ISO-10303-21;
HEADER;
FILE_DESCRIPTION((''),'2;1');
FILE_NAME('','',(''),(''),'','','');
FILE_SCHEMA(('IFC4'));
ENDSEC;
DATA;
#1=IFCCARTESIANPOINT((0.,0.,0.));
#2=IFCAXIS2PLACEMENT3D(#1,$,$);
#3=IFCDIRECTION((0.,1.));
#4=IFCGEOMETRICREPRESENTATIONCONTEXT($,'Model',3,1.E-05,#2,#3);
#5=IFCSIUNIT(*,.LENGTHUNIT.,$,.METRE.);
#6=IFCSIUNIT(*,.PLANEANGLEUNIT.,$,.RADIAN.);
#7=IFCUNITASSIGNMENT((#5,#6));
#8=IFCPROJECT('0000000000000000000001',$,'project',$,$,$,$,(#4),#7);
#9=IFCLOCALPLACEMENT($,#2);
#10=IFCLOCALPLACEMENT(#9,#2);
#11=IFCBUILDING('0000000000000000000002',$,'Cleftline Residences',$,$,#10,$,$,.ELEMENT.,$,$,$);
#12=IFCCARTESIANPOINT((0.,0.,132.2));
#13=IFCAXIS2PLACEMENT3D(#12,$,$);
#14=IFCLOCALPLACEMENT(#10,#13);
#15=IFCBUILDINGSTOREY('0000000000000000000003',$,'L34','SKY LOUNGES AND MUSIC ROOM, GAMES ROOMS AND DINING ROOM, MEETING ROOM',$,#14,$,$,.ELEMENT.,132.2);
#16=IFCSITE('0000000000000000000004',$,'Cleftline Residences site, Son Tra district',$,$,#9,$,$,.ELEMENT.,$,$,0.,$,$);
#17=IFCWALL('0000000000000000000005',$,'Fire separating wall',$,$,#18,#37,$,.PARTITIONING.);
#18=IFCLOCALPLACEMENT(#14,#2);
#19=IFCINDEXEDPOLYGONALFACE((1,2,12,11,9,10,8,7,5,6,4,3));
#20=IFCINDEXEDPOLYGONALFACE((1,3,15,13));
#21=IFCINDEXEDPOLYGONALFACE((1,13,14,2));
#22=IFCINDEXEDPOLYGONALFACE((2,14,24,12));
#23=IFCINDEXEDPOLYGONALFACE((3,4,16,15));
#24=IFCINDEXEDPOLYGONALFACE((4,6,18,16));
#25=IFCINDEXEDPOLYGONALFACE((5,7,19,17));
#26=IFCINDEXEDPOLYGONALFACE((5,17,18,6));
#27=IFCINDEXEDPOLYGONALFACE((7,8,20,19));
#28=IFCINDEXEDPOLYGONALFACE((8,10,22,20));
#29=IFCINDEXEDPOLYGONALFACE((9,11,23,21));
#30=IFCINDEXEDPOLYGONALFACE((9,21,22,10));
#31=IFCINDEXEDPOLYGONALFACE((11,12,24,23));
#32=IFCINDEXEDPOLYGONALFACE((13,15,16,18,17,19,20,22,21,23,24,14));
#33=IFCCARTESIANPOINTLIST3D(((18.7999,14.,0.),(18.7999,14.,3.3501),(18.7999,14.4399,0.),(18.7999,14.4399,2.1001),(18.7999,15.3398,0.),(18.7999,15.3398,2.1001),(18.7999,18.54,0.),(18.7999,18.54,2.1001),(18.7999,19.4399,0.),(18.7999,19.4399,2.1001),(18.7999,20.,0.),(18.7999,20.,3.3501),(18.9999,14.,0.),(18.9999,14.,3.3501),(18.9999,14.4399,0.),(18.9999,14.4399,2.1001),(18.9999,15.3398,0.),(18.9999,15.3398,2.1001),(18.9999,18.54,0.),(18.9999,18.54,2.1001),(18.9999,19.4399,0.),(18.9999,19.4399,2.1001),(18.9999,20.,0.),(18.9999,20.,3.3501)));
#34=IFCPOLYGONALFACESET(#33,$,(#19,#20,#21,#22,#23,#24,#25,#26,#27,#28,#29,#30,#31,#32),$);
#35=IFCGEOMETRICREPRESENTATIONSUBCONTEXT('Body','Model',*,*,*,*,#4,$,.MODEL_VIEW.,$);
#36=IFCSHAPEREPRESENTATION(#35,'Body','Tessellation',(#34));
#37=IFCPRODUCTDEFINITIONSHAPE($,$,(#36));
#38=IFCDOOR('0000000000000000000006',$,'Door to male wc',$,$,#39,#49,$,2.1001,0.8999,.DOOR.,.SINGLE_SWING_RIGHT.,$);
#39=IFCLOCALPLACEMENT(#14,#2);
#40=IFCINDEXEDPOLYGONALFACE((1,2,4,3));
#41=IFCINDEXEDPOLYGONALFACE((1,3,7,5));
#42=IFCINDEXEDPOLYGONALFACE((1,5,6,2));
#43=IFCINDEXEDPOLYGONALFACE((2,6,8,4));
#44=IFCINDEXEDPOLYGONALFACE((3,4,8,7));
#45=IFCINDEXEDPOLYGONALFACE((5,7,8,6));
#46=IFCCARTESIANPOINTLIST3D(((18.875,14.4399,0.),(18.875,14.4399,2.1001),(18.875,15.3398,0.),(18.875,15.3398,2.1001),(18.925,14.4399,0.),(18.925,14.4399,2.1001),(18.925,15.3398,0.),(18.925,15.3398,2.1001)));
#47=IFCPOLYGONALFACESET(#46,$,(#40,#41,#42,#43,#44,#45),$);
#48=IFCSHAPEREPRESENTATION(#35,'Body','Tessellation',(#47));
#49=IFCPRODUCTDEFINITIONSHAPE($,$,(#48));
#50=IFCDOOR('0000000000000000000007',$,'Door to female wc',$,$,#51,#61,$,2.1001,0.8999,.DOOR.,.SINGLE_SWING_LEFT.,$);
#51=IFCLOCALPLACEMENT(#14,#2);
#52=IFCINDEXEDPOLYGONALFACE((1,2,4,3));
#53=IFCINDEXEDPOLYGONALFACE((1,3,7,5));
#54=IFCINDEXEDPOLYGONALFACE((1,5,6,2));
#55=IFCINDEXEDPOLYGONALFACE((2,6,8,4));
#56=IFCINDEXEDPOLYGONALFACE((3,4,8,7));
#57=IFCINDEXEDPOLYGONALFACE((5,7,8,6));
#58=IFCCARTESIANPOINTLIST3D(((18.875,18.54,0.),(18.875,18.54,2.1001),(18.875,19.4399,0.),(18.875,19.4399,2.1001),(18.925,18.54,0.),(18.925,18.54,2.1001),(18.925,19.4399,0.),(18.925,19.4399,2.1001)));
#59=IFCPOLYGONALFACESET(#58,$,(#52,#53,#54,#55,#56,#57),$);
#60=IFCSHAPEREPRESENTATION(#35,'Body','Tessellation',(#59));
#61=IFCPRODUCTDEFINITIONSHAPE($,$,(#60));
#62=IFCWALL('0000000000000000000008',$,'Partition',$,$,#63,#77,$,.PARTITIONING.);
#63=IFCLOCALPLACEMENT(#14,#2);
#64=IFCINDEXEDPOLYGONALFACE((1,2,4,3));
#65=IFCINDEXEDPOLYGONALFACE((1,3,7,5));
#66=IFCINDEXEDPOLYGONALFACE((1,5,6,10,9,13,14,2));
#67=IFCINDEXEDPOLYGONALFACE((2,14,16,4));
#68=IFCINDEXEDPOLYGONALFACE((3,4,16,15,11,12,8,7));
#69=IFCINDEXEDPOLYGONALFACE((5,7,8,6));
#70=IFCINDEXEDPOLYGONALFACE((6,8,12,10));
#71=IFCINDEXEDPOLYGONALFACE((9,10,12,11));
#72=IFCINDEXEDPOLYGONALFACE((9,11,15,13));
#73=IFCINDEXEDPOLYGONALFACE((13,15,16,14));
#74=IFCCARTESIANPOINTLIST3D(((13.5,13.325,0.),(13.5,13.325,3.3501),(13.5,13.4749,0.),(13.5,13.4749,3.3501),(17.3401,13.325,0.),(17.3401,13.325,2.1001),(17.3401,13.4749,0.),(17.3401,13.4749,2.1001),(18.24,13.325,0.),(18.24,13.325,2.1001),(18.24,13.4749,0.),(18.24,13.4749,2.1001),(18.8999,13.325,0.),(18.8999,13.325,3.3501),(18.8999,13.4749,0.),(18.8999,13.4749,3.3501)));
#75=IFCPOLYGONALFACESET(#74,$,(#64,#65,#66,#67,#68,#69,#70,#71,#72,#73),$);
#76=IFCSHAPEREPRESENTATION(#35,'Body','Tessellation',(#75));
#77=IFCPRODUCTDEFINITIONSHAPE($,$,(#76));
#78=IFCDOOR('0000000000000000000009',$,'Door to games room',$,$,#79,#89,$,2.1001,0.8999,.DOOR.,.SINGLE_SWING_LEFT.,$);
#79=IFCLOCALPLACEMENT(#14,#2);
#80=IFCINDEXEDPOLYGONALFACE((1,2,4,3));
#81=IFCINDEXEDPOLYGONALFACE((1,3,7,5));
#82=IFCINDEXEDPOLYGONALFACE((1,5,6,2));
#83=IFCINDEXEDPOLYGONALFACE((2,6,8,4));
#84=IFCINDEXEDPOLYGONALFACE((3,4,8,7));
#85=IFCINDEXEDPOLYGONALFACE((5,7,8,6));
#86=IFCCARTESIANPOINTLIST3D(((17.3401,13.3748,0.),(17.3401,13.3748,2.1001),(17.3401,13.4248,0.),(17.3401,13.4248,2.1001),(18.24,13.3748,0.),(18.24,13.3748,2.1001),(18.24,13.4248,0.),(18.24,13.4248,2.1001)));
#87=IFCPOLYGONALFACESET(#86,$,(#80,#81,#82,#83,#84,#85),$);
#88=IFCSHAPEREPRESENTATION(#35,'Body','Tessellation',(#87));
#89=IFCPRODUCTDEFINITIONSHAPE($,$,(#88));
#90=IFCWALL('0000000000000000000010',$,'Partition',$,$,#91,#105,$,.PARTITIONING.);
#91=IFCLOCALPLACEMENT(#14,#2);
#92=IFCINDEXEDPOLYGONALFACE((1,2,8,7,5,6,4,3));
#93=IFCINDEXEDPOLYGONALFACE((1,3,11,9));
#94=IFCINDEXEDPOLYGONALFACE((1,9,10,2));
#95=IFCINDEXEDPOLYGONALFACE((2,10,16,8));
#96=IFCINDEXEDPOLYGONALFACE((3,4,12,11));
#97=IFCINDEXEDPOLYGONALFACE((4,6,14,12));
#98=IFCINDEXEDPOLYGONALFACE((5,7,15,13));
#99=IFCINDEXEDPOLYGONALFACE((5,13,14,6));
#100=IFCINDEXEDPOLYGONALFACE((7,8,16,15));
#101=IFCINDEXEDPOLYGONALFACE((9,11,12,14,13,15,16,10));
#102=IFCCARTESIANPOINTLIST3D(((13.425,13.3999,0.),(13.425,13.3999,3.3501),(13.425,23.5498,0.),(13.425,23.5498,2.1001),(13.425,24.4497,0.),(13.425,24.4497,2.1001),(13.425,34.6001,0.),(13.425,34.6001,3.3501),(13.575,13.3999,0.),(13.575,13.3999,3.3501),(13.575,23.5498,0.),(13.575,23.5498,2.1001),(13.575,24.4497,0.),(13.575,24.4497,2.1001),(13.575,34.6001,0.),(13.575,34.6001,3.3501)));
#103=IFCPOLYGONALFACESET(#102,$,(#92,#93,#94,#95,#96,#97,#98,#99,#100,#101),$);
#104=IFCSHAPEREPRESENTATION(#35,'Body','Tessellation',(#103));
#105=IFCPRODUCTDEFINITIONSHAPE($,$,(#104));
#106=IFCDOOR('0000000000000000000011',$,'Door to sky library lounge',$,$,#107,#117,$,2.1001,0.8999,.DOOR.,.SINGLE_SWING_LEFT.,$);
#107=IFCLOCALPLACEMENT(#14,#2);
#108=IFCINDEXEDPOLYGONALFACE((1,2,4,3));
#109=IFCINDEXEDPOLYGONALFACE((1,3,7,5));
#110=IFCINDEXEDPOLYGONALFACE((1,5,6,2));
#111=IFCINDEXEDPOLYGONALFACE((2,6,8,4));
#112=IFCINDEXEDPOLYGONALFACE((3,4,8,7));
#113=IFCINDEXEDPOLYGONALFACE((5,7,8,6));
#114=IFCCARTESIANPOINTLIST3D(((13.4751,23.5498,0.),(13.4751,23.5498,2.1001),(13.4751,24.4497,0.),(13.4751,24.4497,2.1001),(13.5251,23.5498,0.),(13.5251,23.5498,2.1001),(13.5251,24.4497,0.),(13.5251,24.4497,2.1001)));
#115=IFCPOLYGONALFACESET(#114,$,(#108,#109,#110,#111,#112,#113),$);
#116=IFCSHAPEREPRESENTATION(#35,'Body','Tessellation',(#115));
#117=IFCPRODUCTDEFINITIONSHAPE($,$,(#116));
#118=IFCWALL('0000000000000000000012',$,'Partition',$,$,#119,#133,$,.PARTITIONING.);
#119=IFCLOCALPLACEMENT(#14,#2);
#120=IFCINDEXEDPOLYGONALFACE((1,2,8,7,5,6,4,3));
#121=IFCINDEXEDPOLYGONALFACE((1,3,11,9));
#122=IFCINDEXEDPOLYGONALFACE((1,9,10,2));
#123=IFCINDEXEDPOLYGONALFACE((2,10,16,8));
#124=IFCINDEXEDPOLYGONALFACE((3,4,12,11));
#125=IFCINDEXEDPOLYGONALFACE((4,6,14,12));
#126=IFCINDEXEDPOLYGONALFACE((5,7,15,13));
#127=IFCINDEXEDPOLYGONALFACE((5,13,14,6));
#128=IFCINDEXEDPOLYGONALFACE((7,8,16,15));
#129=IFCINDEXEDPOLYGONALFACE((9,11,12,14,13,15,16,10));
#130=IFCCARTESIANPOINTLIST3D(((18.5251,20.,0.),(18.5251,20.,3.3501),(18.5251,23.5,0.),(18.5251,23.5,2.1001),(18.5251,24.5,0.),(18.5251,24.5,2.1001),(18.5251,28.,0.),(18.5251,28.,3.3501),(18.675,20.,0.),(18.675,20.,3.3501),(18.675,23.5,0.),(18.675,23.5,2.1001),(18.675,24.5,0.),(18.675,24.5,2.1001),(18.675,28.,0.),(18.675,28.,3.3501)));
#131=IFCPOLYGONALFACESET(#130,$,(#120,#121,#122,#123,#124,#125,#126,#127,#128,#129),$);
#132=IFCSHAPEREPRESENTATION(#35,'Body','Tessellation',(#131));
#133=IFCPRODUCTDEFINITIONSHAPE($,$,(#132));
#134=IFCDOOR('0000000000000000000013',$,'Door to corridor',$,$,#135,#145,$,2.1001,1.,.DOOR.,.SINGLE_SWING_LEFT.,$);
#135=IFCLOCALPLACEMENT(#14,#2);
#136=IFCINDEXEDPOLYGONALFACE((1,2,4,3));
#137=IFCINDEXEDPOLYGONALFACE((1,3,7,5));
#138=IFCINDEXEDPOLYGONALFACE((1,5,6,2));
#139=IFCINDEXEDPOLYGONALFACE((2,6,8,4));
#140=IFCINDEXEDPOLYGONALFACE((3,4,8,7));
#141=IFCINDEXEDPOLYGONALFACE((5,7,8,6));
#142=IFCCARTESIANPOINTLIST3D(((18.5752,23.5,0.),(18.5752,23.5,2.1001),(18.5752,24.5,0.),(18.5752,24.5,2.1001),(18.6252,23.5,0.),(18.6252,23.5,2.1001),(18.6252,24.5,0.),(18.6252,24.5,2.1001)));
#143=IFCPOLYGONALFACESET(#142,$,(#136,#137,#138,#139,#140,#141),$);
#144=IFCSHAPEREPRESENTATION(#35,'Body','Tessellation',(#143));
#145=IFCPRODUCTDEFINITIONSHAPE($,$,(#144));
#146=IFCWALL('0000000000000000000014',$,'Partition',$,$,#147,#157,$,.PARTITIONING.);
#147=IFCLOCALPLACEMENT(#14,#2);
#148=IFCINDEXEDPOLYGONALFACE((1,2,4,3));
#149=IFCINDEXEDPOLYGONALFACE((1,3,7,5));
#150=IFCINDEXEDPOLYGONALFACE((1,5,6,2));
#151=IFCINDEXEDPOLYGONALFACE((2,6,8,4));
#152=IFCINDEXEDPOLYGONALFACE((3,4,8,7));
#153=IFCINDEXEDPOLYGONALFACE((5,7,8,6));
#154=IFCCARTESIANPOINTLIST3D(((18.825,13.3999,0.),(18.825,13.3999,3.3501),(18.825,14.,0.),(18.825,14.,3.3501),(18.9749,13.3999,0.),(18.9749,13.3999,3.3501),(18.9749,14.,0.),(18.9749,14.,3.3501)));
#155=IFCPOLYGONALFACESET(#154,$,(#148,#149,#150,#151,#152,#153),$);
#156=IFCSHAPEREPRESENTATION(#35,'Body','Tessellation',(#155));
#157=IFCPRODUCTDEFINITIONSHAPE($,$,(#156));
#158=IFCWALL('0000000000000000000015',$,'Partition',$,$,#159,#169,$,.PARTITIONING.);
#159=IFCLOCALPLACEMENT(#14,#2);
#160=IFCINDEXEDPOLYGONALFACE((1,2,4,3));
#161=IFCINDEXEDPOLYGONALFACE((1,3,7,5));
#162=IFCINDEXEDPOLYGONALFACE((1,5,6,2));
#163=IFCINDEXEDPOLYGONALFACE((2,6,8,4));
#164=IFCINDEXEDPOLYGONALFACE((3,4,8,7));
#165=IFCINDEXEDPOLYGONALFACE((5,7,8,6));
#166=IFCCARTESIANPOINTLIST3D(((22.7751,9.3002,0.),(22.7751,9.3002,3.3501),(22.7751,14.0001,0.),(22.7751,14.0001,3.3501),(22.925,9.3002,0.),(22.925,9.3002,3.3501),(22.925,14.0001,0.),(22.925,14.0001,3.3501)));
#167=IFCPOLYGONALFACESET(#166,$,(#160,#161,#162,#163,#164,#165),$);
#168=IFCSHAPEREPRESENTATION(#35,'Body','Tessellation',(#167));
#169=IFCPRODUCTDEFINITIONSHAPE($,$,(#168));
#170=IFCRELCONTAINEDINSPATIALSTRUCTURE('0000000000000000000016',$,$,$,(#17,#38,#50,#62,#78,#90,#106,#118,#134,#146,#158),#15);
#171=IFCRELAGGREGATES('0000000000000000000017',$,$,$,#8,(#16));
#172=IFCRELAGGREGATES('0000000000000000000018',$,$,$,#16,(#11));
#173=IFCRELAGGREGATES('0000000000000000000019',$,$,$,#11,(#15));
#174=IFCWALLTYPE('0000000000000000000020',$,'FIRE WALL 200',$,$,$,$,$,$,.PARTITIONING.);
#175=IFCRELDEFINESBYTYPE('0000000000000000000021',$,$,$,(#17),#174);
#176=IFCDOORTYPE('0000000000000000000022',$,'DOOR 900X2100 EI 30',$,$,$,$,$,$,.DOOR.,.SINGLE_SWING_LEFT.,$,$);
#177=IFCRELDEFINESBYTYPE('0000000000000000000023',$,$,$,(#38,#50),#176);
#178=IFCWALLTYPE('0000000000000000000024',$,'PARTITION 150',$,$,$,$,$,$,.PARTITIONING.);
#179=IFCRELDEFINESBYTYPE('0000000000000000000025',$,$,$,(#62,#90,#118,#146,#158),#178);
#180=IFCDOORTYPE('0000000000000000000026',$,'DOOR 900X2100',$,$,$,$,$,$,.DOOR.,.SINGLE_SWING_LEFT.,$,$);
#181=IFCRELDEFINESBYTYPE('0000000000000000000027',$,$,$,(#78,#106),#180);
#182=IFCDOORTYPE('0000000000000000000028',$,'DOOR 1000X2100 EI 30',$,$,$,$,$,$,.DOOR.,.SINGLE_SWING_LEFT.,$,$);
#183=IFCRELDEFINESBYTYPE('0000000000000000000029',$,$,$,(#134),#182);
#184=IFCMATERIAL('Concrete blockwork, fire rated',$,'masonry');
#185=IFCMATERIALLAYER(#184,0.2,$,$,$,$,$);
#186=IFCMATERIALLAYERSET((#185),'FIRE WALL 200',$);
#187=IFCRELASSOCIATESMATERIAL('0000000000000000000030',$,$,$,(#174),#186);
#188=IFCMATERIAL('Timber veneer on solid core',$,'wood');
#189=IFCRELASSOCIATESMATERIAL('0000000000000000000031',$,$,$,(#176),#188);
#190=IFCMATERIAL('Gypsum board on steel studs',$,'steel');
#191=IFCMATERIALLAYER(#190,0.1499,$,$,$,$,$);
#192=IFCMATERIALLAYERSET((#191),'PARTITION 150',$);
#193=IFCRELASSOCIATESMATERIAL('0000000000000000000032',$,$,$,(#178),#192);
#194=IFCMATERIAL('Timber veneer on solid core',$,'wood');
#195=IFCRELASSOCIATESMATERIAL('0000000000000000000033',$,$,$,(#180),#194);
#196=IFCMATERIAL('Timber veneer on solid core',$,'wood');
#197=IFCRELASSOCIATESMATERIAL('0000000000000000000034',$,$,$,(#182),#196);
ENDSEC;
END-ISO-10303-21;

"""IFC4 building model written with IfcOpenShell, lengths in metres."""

from ifc_helpers import new_model, si_unit, direction, frame, frame_2d, origin, place, context, subcontext, project, spatial, rectangle, extrude, material, layer, layer_set, type_object, element, fill, save


model = new_model("IFC4")

# Units and contexts
model_context = context("Model", 3, precision=1e-05, world=origin(), true_north=direction((0.0, 1.0)))
body_context = subcontext(model_context, "Body", "Model", "MODEL_VIEW")
ifc_project = project(units=[si_unit("LENGTHUNIT", "METRE"), si_unit("PLANEANGLEUNIT", "RADIAN")], contexts=[model_context])

# Site, building, storey
site_placement = place(None, origin())
site = spatial("IfcSite", under=ifc_project, at=site_placement, Name="Cleftline Residences site, Son Tra district", CompositionType="ELEMENT", RefElevation=0.0)
building_placement = place(site_placement, origin())
building = spatial("IfcBuilding", under=site, at=building_placement, Name="Cleftline Residences", CompositionType="ELEMENT")
storey_placement = place(building_placement, frame((0.0, 0.0, 132.2)))
storey = spatial("IfcBuildingStorey", under=building, at=storey_placement, Name="L34", Description="SKY LOUNGES AND MUSIC ROOM, GAMES ROOMS AND DINING ROOM, MEETING ROOM", CompositionType="ELEMENT", Elevation=132.2)

# Shared definitions
ifc_material_1 = material(Name="Concrete blockwork, fire rated", Category="masonry")
ifc_layer_1 = layer(ifc_material_1, 0.2)
ifc_layer_set_1 = layer_set([ifc_layer_1], Name="FIRE WALL 200")
wall_type_1 = type_object("IfcWallType", Name="FIRE WALL 200", PredefinedType="PARTITIONING", material=ifc_layer_set_1)

# Wall, openings, doors
wall_1_placement = place(storey_placement, frame((18.8999, 14.0, 0.0), z_axis=(0.0, 0.0, 1.0), x_axis=(0.0, 1.0, 0.0)))
wall_1 = element("IfcWall", 1, at=wall_1_placement, inside=storey, type_object=wall_type_1, Name="Fire separating wall", PredefinedType="PARTITIONING", context=body_context, shape_type="SweptSolid", body=[
    extrude(rectangle(XDim=6.0, YDim=0.2, at=frame_2d((3.0, 0.0))), origin(), (0.0, 0.0, 1.0), 3.3501),
])
opening_1_placement = place(wall_1_placement, frame((0.4399, 0.0, 0.0)))
opening_1 = element("IfcOpeningElement", 2, at=opening_1_placement, cuts=wall_1, PredefinedType="OPENING", context=body_context, shape_type="SweptSolid", body=[
    extrude(rectangle(XDim=0.8999, YDim=2.1001, at=frame_2d((0.45, 1.05))), frame((0.0, 0.1099, 0.0), z_axis=(0.0, -1.0, 0.0), x_axis=(1.0, 0.0, 0.0)), (0.0, 0.0, 1.0), 0.22),
])
opening_2_placement = place(wall_1_placement, frame((4.54, 0.0, 0.0)))
opening_2 = element("IfcOpeningElement", 3, at=opening_2_placement, cuts=wall_1, PredefinedType="OPENING", context=body_context, shape_type="SweptSolid", body=[
    extrude(rectangle(XDim=0.8999, YDim=2.1001, at=frame_2d((0.45, 1.05))), frame((0.0, 0.1099, 0.0), z_axis=(0.0, -1.0, 0.0), x_axis=(1.0, 0.0, 0.0)), (0.0, 0.0, 1.0), 0.22),
])
ifc_material_2 = material(Name="Timber veneer on solid core", Category="wood")
door_type_1 = type_object("IfcDoorType", Name="DOOR 900X2100 EI 30", OperationType="SINGLE_SWING_LEFT", PredefinedType="DOOR", material=ifc_material_2)
door_1_placement = place(opening_1_placement, origin())
door_1 = element("IfcDoor", 4, at=door_1_placement, inside=storey, type_object=door_type_1, Name="Door to male wc", OperationType="SINGLE_SWING_RIGHT", OverallHeight=2.1001, OverallWidth=0.8999, PredefinedType="DOOR", context=body_context, shape_type="SweptSolid", body=[
    extrude(rectangle(XDim=0.8999, YDim=2.1001, at=frame_2d((0.45, 1.05))), frame((0.0, 0.0249, 0.0), z_axis=(0.0, -1.0, 0.0), x_axis=(1.0, 0.0, 0.0)), (0.0, 0.0, 1.0), 0.05),
])
fill(opening_1, door_1)
door_2_placement = place(opening_2_placement, origin())
door_2 = element("IfcDoor", 5, at=door_2_placement, inside=storey, type_object=door_type_1, Name="Door to female wc", OperationType="SINGLE_SWING_LEFT", OverallHeight=2.1001, OverallWidth=0.8999, PredefinedType="DOOR", context=body_context, shape_type="SweptSolid", body=[
    extrude(rectangle(XDim=0.8999, YDim=2.1001, at=frame_2d((0.45, 1.05))), frame((0.0, 0.0249, 0.0), z_axis=(0.0, -1.0, 0.0), x_axis=(1.0, 0.0, 0.0)), (0.0, 0.0, 1.0), 0.05),
])
fill(opening_2, door_2)

# Walls, openings, doors
ifc_material_3 = material(Name="Gypsum board on steel studs", Category="steel")
ifc_layer_2 = layer(ifc_material_3, 0.1499)
ifc_layer_set_2 = layer_set([ifc_layer_2], Name="PARTITION 150")
wall_type_2 = type_object("IfcWallType", Name="PARTITION 150", PredefinedType="PARTITIONING", material=ifc_layer_set_2)
wall_2_placement = place(storey_placement, frame((13.5, 13.3999, 0.0), z_axis=(0.0, 0.0, 1.0), x_axis=(1.0, 0.0, 0.0)))
wall_2 = element("IfcWall", 6, at=wall_2_placement, inside=storey, type_object=wall_type_2, Name="Partition", PredefinedType="PARTITIONING", context=body_context, shape_type="SweptSolid", body=[
    extrude(rectangle(XDim=5.3999, YDim=0.1499, at=frame_2d((2.7, 0.0))), origin(), (0.0, 0.0, 1.0), 3.3501),
])
opening_3_placement = place(wall_2_placement, frame((3.8401, 0.0, 0.0)))
opening_3 = element("IfcOpeningElement", 7, at=opening_3_placement, cuts=wall_2, PredefinedType="OPENING", context=body_context, shape_type="SweptSolid", body=[
    extrude(rectangle(XDim=0.8999, YDim=2.1001, at=frame_2d((0.45, 1.05))), frame((0.0, 0.085, 0.0), z_axis=(0.0, -1.0, 0.0), x_axis=(1.0, 0.0, 0.0)), (0.0, 0.0, 1.0), 0.1699),
])
ifc_material_4 = material(Name="Timber veneer on solid core", Category="wood")
door_type_2 = type_object("IfcDoorType", Name="DOOR 900X2100", OperationType="SINGLE_SWING_LEFT", PredefinedType="DOOR", material=ifc_material_4)
door_3_placement = place(opening_3_placement, origin())
door_3 = element("IfcDoor", 8, at=door_3_placement, inside=storey, type_object=door_type_2, Name="Door to games room", OperationType="SINGLE_SWING_LEFT", OverallHeight=2.1001, OverallWidth=0.8999, PredefinedType="DOOR", context=body_context, shape_type="SweptSolid", body=[
    extrude(rectangle(XDim=0.8999, YDim=2.1001, at=frame_2d((0.45, 1.05))), frame((0.0, 0.0249, 0.0), z_axis=(0.0, -1.0, 0.0), x_axis=(1.0, 0.0, 0.0)), (0.0, 0.0, 1.0), 0.05),
])
fill(opening_3, door_3)
wall_3_placement = place(storey_placement, frame((13.5, 13.3999, 0.0), z_axis=(0.0, 0.0, 1.0), x_axis=(0.0, 1.0, 0.0)))
wall_3 = element("IfcWall", 9, at=wall_3_placement, inside=storey, type_object=wall_type_2, Name="Partition", PredefinedType="PARTITIONING", context=body_context, shape_type="SweptSolid", body=[
    extrude(rectangle(XDim=21.2002, YDim=0.1499, at=frame_2d((10.6001, 0.0))), origin(), (0.0, 0.0, 1.0), 3.3501),
])
opening_4_placement = place(wall_3_placement, frame((10.1499, 0.0, 0.0)))
opening_4 = element("IfcOpeningElement", 10, at=opening_4_placement, cuts=wall_3, PredefinedType="OPENING", context=body_context, shape_type="SweptSolid", body=[
    extrude(rectangle(XDim=0.8999, YDim=2.1001, at=frame_2d((0.45, 1.05))), frame((0.0, 0.085, 0.0), z_axis=(0.0, -1.0, 0.0), x_axis=(1.0, 0.0, 0.0)), (0.0, 0.0, 1.0), 0.1699),
])
door_4_placement = place(opening_4_placement, origin())
door_4 = element("IfcDoor", 11, at=door_4_placement, inside=storey, type_object=door_type_2, Name="Door to sky library lounge", OperationType="SINGLE_SWING_LEFT", OverallHeight=2.1001, OverallWidth=0.8999, PredefinedType="DOOR", context=body_context, shape_type="SweptSolid", body=[
    extrude(rectangle(XDim=0.8999, YDim=2.1001, at=frame_2d((0.45, 1.05))), frame((0.0, 0.0249, 0.0), z_axis=(0.0, -1.0, 0.0), x_axis=(1.0, 0.0, 0.0)), (0.0, 0.0, 1.0), 0.05),
])
fill(opening_4, door_4)
wall_4_placement = place(storey_placement, frame((18.6001, 20.0, 0.0), z_axis=(0.0, 0.0, 1.0), x_axis=(0.0, 1.0, 0.0)))
wall_4 = element("IfcWall", 12, at=wall_4_placement, inside=storey, type_object=wall_type_2, Name="Partition", PredefinedType="PARTITIONING", context=body_context, shape_type="SweptSolid", body=[
    extrude(rectangle(XDim=8.0, YDim=0.1499, at=frame_2d((4.0, 0.0))), origin(), (0.0, 0.0, 1.0), 3.3501),
])
opening_5_placement = place(wall_4_placement, frame((3.5, 0.0, 0.0)))
opening_5 = element("IfcOpeningElement", 13, at=opening_5_placement, cuts=wall_4, PredefinedType="OPENING", context=body_context, shape_type="SweptSolid", body=[
    extrude(rectangle(XDim=1.0, YDim=2.1001, at=frame_2d((0.5, 1.05))), frame((0.0, 0.085, 0.0), z_axis=(0.0, -1.0, 0.0), x_axis=(1.0, 0.0, 0.0)), (0.0, 0.0, 1.0), 0.1699),
])
ifc_material_5 = material(Name="Timber veneer on solid core", Category="wood")
door_type_3 = type_object("IfcDoorType", Name="DOOR 1000X2100 EI 30", OperationType="SINGLE_SWING_LEFT", PredefinedType="DOOR", material=ifc_material_5)
door_5_placement = place(opening_5_placement, origin())
door_5 = element("IfcDoor", 14, at=door_5_placement, inside=storey, type_object=door_type_3, Name="Door to corridor", OperationType="SINGLE_SWING_LEFT", OverallHeight=2.1001, OverallWidth=1.0, PredefinedType="DOOR", context=body_context, shape_type="SweptSolid", body=[
    extrude(rectangle(XDim=1.0, YDim=2.1001, at=frame_2d((0.5, 1.05))), frame((0.0, 0.0249, 0.0), z_axis=(0.0, -1.0, 0.0), x_axis=(1.0, 0.0, 0.0)), (0.0, 0.0, 1.0), 0.05),
])
fill(opening_5, door_5)

# Walls
wall_5_placement = place(storey_placement, frame((18.8999, 13.3999, 0.0), z_axis=(0.0, 0.0, 1.0), x_axis=(0.0, 1.0, 0.0)))
element("IfcWall", 15, at=wall_5_placement, inside=storey, type_object=wall_type_2, Name="Partition", PredefinedType="PARTITIONING", context=body_context, shape_type="SweptSolid", body=[
    extrude(rectangle(XDim=0.6001, YDim=0.1499, at=frame_2d((0.3, 0.0))), origin(), (0.0, 0.0, 1.0), 3.3501),
])
wall_6_placement = place(storey_placement, frame((22.8501, 9.3, 0.0), z_axis=(0.0, 0.0, 1.0), x_axis=(0.0, 1.0, 0.0)))
element("IfcWall", 16, at=wall_6_placement, inside=storey, type_object=wall_type_2, Name="Partition", PredefinedType="PARTITIONING", context=body_context, shape_type="SweptSolid", body=[
    extrude(rectangle(XDim=4.7, YDim=0.1499, at=frame_2d((2.3501, 0.0))), origin(), (0.0, 0.0, 1.0), 3.3501),
])

save(model, "model.ifc")
